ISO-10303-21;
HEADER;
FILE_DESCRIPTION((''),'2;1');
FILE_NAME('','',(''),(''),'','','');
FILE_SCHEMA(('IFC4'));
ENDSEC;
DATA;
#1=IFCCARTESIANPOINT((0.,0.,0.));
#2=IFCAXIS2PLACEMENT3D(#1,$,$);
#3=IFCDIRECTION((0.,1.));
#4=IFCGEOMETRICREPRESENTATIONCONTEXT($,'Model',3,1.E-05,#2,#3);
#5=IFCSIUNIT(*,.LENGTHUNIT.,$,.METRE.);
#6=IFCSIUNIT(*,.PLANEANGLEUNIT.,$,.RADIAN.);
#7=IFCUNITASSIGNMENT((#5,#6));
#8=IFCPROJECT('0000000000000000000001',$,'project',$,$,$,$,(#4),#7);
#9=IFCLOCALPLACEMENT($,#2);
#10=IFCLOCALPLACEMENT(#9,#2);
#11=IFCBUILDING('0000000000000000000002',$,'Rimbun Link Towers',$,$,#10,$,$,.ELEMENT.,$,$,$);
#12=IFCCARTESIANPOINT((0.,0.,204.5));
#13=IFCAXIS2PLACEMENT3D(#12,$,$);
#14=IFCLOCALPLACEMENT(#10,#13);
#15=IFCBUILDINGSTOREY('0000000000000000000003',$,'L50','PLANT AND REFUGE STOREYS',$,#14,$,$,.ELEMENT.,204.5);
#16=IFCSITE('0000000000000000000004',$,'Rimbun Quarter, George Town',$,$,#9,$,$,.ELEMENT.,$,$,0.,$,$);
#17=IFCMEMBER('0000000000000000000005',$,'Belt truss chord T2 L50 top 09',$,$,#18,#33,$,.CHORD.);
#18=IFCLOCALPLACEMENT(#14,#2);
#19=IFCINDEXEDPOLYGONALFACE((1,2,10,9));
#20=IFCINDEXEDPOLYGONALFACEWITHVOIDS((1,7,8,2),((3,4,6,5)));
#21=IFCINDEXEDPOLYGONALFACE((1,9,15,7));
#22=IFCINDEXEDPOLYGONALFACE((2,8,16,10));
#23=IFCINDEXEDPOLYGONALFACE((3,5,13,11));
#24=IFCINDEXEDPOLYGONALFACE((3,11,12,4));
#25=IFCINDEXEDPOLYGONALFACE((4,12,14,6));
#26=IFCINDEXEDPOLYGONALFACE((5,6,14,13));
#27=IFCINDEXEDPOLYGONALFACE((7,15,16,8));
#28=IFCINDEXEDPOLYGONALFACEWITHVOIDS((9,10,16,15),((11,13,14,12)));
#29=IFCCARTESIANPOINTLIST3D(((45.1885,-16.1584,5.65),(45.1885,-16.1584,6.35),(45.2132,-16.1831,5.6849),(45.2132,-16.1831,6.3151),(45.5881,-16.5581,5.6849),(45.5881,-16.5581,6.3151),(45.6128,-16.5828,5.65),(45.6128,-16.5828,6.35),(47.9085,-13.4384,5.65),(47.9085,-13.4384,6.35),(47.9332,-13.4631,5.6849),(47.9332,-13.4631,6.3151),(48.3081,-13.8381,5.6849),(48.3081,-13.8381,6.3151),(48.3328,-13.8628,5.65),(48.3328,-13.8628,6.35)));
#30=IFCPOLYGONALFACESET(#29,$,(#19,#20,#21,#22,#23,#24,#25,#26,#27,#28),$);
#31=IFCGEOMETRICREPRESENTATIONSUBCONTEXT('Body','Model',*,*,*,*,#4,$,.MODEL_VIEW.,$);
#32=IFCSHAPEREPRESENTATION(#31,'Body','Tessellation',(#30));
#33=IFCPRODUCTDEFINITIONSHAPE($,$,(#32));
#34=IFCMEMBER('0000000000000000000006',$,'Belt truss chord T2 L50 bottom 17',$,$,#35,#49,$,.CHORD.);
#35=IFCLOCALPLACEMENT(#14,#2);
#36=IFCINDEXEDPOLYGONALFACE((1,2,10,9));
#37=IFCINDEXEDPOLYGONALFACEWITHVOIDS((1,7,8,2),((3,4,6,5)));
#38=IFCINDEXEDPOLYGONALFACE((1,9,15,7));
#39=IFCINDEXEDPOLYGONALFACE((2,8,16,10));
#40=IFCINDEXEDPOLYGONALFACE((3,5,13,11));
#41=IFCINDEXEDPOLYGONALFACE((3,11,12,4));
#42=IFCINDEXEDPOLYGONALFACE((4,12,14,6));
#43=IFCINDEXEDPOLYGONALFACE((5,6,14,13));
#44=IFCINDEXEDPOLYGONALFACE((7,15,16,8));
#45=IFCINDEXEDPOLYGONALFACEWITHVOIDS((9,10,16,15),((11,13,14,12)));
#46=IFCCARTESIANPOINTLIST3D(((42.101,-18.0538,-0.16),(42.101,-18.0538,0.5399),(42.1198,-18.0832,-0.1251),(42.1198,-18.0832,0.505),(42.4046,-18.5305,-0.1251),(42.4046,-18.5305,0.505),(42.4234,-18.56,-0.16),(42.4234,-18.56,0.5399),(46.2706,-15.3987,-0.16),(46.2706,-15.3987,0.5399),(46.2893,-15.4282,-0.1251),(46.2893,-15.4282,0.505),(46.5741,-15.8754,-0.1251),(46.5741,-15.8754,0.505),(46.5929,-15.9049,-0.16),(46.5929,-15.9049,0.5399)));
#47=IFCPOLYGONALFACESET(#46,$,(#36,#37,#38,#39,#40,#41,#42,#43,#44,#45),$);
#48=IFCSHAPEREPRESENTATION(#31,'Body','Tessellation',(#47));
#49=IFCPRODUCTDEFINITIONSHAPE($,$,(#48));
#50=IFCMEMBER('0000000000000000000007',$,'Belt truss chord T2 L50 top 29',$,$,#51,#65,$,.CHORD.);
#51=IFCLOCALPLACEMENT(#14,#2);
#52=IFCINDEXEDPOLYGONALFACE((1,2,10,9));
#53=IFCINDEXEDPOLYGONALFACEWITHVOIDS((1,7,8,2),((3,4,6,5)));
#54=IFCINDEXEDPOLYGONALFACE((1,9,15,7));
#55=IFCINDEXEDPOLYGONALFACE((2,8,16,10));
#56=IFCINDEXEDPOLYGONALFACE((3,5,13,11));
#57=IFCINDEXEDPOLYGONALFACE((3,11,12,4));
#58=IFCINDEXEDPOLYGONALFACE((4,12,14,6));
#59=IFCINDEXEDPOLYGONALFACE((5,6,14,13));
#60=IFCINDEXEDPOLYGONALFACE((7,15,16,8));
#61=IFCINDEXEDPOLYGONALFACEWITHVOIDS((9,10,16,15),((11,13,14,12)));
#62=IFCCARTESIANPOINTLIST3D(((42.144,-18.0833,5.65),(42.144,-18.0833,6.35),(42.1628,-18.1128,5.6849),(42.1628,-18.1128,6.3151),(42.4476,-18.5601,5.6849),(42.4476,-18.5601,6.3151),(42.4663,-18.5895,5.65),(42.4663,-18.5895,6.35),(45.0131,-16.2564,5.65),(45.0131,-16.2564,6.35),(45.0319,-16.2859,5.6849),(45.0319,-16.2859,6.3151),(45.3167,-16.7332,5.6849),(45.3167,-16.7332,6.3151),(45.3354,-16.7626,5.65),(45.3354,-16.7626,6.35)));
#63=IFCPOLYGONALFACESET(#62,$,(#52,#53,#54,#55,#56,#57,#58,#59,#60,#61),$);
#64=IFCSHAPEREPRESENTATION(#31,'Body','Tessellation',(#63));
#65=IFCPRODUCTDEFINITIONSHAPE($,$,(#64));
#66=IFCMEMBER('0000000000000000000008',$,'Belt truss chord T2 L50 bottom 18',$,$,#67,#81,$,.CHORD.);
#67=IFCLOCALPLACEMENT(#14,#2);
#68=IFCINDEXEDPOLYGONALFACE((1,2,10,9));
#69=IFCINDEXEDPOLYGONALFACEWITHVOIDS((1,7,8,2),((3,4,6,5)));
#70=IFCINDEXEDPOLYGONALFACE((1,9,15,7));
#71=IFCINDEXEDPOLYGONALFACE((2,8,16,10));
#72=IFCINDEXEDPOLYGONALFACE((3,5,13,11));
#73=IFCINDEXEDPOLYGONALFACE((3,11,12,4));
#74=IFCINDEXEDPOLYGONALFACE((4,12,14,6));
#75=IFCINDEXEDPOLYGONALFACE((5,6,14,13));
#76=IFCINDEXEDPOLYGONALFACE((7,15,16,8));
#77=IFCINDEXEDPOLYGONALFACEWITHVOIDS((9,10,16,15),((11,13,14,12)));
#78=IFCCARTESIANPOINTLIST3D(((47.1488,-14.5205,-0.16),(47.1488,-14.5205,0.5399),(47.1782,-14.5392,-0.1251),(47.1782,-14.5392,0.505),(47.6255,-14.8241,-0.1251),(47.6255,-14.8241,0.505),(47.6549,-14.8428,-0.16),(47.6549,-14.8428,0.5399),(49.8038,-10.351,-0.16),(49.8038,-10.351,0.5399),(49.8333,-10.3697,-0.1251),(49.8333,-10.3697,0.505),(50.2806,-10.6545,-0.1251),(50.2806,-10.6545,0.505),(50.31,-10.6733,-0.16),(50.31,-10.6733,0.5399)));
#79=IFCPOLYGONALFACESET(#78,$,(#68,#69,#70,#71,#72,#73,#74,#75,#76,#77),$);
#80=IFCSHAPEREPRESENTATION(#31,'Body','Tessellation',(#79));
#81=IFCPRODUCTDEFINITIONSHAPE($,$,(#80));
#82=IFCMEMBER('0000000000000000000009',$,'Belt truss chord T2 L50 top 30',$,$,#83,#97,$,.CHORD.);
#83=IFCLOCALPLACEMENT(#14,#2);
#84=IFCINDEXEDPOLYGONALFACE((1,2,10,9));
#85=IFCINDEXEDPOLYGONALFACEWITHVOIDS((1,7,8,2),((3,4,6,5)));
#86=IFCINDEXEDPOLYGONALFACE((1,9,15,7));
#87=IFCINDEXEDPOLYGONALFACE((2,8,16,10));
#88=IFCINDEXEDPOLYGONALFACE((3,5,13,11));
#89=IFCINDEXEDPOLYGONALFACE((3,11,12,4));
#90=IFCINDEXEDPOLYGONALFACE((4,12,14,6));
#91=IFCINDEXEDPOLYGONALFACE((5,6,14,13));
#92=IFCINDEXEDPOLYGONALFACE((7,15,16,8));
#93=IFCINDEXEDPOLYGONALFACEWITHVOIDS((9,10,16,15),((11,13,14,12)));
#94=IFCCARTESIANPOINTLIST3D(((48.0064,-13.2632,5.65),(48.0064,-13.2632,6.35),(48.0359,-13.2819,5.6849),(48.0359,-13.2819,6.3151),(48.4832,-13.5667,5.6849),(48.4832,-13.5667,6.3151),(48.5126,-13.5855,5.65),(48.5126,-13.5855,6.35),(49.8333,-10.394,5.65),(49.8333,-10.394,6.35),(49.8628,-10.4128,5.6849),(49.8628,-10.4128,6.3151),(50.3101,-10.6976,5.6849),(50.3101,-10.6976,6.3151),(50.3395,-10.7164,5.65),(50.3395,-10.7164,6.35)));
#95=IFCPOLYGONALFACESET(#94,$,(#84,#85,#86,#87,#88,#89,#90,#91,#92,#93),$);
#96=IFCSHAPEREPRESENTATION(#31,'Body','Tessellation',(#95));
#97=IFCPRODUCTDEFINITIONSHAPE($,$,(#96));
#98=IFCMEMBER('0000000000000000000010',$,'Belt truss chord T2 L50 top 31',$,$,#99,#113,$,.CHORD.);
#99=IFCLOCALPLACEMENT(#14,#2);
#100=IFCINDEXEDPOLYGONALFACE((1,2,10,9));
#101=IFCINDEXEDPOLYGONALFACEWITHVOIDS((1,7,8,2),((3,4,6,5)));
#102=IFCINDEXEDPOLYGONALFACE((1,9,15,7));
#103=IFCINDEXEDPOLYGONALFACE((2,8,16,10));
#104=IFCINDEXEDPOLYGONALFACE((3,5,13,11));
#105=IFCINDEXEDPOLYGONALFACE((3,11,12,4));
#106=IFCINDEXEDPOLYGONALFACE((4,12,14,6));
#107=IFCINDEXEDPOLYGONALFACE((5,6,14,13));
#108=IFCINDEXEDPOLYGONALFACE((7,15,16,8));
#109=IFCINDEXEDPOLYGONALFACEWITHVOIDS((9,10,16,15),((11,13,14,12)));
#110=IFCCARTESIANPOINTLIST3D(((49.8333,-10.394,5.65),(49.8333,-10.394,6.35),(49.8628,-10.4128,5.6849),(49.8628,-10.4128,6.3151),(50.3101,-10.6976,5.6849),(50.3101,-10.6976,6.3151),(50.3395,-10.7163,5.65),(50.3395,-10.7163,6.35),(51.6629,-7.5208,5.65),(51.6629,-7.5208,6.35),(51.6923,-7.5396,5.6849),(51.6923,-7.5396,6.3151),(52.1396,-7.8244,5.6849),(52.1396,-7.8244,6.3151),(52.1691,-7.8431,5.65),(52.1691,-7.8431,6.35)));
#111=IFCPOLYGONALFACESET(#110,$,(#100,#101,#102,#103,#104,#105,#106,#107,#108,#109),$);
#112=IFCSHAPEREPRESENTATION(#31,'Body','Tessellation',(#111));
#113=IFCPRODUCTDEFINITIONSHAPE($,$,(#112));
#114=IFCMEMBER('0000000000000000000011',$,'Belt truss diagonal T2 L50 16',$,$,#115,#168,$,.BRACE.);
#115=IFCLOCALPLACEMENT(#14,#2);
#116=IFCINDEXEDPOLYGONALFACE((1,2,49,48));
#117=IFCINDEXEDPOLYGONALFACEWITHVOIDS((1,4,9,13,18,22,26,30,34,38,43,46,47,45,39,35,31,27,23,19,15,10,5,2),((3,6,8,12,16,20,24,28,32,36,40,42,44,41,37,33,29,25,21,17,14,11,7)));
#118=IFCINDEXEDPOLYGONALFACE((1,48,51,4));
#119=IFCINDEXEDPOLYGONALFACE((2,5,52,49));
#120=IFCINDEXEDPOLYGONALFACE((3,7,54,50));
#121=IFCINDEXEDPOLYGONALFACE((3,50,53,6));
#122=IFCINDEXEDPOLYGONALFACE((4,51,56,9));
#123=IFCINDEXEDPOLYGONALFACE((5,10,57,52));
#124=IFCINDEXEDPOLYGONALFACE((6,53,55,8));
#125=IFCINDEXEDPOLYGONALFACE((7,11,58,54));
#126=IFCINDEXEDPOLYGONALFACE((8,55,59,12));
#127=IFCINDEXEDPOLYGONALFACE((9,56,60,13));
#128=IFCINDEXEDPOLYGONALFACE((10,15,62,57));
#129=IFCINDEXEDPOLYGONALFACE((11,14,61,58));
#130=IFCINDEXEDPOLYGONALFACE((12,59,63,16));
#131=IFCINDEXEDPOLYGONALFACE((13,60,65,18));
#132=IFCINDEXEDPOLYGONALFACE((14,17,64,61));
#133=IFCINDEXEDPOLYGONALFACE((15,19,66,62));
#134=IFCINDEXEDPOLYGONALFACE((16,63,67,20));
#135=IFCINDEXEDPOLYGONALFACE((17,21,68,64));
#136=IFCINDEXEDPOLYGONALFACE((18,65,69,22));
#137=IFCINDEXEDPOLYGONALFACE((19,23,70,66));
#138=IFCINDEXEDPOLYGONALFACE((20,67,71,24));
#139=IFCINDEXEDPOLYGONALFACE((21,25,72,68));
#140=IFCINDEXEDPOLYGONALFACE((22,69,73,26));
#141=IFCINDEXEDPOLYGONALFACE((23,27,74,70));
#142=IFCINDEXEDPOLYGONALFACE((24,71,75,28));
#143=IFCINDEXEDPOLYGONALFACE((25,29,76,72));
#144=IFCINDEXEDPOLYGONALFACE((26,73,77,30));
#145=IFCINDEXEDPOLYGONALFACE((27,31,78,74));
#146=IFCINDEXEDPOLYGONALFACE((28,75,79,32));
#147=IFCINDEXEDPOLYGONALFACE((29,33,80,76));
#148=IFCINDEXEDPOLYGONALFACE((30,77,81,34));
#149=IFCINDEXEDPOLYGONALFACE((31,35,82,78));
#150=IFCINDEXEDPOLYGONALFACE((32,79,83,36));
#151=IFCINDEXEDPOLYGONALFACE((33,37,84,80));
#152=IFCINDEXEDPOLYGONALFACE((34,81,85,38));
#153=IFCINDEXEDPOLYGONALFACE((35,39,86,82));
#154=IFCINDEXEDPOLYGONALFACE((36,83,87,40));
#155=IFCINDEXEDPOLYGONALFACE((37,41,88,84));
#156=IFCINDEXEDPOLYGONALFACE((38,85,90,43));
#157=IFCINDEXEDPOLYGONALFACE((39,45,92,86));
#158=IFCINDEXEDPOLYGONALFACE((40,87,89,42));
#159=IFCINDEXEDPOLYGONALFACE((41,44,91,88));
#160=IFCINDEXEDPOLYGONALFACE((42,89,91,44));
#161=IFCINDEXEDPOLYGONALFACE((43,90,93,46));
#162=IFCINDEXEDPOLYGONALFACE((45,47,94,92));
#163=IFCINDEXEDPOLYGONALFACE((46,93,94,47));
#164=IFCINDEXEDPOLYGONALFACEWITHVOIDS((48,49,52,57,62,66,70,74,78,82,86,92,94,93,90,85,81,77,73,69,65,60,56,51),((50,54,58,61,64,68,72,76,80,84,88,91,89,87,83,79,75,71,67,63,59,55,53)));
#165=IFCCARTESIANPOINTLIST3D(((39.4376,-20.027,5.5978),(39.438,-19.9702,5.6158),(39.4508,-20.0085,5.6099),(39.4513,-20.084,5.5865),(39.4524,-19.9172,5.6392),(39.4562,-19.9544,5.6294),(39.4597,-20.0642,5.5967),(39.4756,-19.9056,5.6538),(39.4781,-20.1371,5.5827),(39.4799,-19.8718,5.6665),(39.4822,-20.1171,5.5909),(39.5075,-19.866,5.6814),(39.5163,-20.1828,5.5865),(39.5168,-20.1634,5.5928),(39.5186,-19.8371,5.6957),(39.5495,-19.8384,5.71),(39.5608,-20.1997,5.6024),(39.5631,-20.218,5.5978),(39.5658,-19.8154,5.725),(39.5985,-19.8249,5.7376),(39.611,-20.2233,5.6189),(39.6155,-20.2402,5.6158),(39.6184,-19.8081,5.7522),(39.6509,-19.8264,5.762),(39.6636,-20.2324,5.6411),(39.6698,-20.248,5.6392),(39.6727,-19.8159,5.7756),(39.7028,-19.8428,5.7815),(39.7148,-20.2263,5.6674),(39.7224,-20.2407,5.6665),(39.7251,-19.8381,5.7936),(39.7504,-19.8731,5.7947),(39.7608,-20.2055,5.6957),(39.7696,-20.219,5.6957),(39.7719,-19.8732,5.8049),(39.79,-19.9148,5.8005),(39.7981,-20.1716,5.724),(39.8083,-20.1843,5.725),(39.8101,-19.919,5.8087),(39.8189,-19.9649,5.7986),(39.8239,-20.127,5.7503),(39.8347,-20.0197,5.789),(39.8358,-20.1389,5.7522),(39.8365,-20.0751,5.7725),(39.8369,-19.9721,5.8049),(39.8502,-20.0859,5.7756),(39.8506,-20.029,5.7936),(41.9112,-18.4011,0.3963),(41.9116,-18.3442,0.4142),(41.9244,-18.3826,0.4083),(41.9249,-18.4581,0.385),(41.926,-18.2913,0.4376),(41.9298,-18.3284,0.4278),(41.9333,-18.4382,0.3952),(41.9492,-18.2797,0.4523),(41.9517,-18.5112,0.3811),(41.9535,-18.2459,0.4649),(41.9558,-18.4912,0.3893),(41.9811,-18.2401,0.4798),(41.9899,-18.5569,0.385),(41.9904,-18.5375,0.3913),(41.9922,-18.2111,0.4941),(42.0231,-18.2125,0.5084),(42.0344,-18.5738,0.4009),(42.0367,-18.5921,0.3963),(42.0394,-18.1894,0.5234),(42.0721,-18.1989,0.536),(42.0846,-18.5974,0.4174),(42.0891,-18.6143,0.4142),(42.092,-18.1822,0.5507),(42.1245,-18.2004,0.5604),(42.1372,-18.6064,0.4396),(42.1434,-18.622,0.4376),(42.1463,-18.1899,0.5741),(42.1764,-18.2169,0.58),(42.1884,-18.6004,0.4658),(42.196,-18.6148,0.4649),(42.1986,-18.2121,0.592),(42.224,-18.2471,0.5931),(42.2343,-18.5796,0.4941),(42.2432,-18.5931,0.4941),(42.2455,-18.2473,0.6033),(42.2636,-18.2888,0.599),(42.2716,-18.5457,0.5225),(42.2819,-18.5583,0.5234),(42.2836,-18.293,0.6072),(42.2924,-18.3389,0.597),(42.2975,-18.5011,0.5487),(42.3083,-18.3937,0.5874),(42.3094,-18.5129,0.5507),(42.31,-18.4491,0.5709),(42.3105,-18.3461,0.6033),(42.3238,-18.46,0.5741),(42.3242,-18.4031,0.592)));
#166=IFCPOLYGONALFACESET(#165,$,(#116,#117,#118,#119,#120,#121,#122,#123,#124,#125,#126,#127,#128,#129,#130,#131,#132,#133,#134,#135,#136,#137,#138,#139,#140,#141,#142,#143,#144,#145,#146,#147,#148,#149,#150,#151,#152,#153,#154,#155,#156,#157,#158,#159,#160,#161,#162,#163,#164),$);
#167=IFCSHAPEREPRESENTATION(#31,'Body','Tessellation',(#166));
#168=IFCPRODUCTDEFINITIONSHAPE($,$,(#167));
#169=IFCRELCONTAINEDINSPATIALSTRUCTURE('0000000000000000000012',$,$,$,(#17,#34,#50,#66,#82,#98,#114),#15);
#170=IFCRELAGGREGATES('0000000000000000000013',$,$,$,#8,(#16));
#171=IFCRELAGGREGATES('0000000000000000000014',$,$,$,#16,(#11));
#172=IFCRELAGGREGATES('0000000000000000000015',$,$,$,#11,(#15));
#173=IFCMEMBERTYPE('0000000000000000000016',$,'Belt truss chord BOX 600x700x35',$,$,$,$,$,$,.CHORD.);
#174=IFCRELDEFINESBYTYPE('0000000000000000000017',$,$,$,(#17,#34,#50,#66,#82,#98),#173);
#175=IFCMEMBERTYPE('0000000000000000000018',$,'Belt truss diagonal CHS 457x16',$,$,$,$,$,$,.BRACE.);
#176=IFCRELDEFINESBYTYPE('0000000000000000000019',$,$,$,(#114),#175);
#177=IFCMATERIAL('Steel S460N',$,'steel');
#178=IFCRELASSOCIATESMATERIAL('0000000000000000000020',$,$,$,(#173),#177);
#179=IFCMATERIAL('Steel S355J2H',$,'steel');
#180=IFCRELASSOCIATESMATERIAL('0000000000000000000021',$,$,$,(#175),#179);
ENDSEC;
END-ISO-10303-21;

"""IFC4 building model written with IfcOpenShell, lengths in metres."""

from ifc_helpers import new_model, si_unit, direction, frame, origin, origin_2d, place, context, subcontext, project, spatial, hollow_rectangle, hollow_circle, extrude, material, material_profile, profile_set, type_object, element, save


model = new_model("IFC4")

# Units and contexts
model_context = context("Model", 3, precision=1e-05, world=origin(), true_north=direction((0.0, 1.0)))
body_context = subcontext(model_context, "Body", "Model", "MODEL_VIEW")
ifc_project = project(units=[si_unit("LENGTHUNIT", "METRE"), si_unit("PLANEANGLEUNIT", "RADIAN")], contexts=[model_context])

# Site, building, storey
site_placement = place(None, origin())
site = spatial("IfcSite", under=ifc_project, at=site_placement, Name="Rimbun Quarter, George Town", CompositionType="ELEMENT", RefElevation=0.0)
building_placement = place(site_placement, origin())
building = spatial("IfcBuilding", under=site, at=building_placement, Name="Rimbun Link Towers", CompositionType="ELEMENT")
storey_placement = place(building_placement, frame((0.0, 0.0, 204.5)))
storey = spatial("IfcBuildingStorey", under=building, at=storey_placement, Name="L50", Description="PLANT AND REFUGE STOREYS", CompositionType="ELEMENT", Elevation=204.5)

# Members
ifc_material_1 = material(Name="Steel S460N", Category="steel")
ifc_material_profile_1 = material_profile(ifc_material_1, hollow_rectangle(XDim=0.6001, YDim=0.7, WallThickness=0.0349, at=origin_2d()), Name="Belt truss chord BOX 600x700x35")
ifc_profile_set_1 = profile_set([ifc_material_profile_1], Name="Steel S460N")
member_type_1 = type_object("IfcMemberType", Name="Belt truss chord BOX 600x700x35", PredefinedType="CHORD", material=ifc_profile_set_1)
member_1_placement = place(storey_placement, frame((45.4006, -16.3706, 6.0), z_axis=(0.707107, 0.707107, 0.0), x_axis=(-0.707107, 0.707107, 0.0)))
element("IfcMember", 1, at=member_1_placement, inside=storey, type_object=member_type_1, Name="Belt truss chord T2 L50 top 09", PredefinedType="CHORD", context=body_context, shape_type="SweptSolid", body=[
    extrude(hollow_rectangle(XDim=0.6001, YDim=0.7, WallThickness=0.0349, at=origin_2d()), origin(), (0.0, 0.0, 1.0), 3.8467),
])
member_2_placement = place(storey_placement, frame((42.2622, -18.3069, 0.1899), z_axis=(0.843501, 0.537128, 0.0), x_axis=(-0.537128, 0.843501, 0.0)))
element("IfcMember", 2, at=member_2_placement, inside=storey, type_object=member_type_1, Name="Belt truss chord T2 L50 bottom 17", PredefinedType="CHORD", context=body_context, shape_type="SweptSolid", body=[
    extrude(hollow_rectangle(XDim=0.6001, YDim=0.7, WallThickness=0.0349, at=origin_2d()), origin(), (0.0, 0.0, 1.0), 4.9431),
])
member_3_placement = place(storey_placement, frame((42.3052, -18.3364, 6.0), z_axis=(0.843517, 0.537103, 0.0), x_axis=(-0.537103, 0.843517, 0.0)))
element("IfcMember", 3, at=member_3_placement, inside=storey, type_object=member_type_1, Name="Belt truss chord T2 L50 top 29", PredefinedType="CHORD", context=body_context, shape_type="SweptSolid", body=[
    extrude(hollow_rectangle(XDim=0.6001, YDim=0.7, WallThickness=0.0349, at=origin_2d()), origin(), (0.0, 0.0, 1.0), 3.4014),
])
member_4_placement = place(storey_placement, frame((47.4019, -14.6816, 0.1899), z_axis=(0.537128, 0.843501, 0.0), x_axis=(-0.843501, 0.537128, 0.0)))
element("IfcMember", 4, at=member_4_placement, inside=storey, type_object=member_type_1, Name="Belt truss chord T2 L50 bottom 18", PredefinedType="CHORD", context=body_context, shape_type="SweptSolid", body=[
    extrude(hollow_rectangle(XDim=0.6001, YDim=0.7, WallThickness=0.0349, at=origin_2d()), origin(), (0.0, 0.0, 1.0), 4.9431),
])
member_5_placement = place(storey_placement, frame((48.2595, -13.4243, 6.0), z_axis=(0.537103, 0.843517, 0.0), x_axis=(-0.843517, 0.537103, 0.0)))
element("IfcMember", 5, at=member_5_placement, inside=storey, type_object=member_type_1, Name="Belt truss chord T2 L50 top 30", PredefinedType="CHORD", context=body_context, shape_type="SweptSolid", body=[
    extrude(hollow_rectangle(XDim=0.6001, YDim=0.7, WallThickness=0.0349, at=origin_2d()), origin(), (0.0, 0.0, 1.0), 3.4014),
])
member_6_placement = place(storey_placement, frame((50.0864, -10.5552, 6.0), z_axis=(0.537112, 0.843511, 0.0), x_axis=(-0.843511, 0.537112, 0.0)))
element("IfcMember", 6, at=member_6_placement, inside=storey, type_object=member_type_1, Name="Belt truss chord T2 L50 top 31", PredefinedType="CHORD", context=body_context, shape_type="SweptSolid", body=[
    extrude(hollow_rectangle(XDim=0.6001, YDim=0.7, WallThickness=0.0349, at=origin_2d()), origin(), (0.0, 0.0, 1.0), 3.4062),
])
ifc_material_2 = material(Name="Steel S355J2H", Category="steel")
ifc_material_profile_2 = material_profile(ifc_material_2, hollow_circle(Radius=0.2285, WallThickness=0.0161, at=origin_2d()), Name="Belt truss diagonal CHS 457x16")
ifc_profile_set_2 = profile_set([ifc_material_profile_2], Name="Steel S355J2H")
member_type_2 = type_object("IfcMemberType", Name="Belt truss diagonal CHS 457x16", PredefinedType="BRACE", material=ifc_profile_set_2)
member_7_placement = place(storey_placement, frame((42.1177, -18.4021, 0.4941), z_axis=(-0.413307, -0.271676, 0.86912), x_axis=(0.549283, -0.835636, 0.0)))
element("IfcMember", 7, at=member_7_placement, inside=storey, type_object=member_type_2, Name="Belt truss diagonal T2 L50 16", PredefinedType="BRACE", context=body_context, shape_type="SweptSolid", body=[
    extrude(hollow_circle(Radius=0.2285, WallThickness=0.0161, at=origin_2d()), origin(), (0.0, 0.0, 1.0), 5.9849),
])

save(model, "model.ifc")
